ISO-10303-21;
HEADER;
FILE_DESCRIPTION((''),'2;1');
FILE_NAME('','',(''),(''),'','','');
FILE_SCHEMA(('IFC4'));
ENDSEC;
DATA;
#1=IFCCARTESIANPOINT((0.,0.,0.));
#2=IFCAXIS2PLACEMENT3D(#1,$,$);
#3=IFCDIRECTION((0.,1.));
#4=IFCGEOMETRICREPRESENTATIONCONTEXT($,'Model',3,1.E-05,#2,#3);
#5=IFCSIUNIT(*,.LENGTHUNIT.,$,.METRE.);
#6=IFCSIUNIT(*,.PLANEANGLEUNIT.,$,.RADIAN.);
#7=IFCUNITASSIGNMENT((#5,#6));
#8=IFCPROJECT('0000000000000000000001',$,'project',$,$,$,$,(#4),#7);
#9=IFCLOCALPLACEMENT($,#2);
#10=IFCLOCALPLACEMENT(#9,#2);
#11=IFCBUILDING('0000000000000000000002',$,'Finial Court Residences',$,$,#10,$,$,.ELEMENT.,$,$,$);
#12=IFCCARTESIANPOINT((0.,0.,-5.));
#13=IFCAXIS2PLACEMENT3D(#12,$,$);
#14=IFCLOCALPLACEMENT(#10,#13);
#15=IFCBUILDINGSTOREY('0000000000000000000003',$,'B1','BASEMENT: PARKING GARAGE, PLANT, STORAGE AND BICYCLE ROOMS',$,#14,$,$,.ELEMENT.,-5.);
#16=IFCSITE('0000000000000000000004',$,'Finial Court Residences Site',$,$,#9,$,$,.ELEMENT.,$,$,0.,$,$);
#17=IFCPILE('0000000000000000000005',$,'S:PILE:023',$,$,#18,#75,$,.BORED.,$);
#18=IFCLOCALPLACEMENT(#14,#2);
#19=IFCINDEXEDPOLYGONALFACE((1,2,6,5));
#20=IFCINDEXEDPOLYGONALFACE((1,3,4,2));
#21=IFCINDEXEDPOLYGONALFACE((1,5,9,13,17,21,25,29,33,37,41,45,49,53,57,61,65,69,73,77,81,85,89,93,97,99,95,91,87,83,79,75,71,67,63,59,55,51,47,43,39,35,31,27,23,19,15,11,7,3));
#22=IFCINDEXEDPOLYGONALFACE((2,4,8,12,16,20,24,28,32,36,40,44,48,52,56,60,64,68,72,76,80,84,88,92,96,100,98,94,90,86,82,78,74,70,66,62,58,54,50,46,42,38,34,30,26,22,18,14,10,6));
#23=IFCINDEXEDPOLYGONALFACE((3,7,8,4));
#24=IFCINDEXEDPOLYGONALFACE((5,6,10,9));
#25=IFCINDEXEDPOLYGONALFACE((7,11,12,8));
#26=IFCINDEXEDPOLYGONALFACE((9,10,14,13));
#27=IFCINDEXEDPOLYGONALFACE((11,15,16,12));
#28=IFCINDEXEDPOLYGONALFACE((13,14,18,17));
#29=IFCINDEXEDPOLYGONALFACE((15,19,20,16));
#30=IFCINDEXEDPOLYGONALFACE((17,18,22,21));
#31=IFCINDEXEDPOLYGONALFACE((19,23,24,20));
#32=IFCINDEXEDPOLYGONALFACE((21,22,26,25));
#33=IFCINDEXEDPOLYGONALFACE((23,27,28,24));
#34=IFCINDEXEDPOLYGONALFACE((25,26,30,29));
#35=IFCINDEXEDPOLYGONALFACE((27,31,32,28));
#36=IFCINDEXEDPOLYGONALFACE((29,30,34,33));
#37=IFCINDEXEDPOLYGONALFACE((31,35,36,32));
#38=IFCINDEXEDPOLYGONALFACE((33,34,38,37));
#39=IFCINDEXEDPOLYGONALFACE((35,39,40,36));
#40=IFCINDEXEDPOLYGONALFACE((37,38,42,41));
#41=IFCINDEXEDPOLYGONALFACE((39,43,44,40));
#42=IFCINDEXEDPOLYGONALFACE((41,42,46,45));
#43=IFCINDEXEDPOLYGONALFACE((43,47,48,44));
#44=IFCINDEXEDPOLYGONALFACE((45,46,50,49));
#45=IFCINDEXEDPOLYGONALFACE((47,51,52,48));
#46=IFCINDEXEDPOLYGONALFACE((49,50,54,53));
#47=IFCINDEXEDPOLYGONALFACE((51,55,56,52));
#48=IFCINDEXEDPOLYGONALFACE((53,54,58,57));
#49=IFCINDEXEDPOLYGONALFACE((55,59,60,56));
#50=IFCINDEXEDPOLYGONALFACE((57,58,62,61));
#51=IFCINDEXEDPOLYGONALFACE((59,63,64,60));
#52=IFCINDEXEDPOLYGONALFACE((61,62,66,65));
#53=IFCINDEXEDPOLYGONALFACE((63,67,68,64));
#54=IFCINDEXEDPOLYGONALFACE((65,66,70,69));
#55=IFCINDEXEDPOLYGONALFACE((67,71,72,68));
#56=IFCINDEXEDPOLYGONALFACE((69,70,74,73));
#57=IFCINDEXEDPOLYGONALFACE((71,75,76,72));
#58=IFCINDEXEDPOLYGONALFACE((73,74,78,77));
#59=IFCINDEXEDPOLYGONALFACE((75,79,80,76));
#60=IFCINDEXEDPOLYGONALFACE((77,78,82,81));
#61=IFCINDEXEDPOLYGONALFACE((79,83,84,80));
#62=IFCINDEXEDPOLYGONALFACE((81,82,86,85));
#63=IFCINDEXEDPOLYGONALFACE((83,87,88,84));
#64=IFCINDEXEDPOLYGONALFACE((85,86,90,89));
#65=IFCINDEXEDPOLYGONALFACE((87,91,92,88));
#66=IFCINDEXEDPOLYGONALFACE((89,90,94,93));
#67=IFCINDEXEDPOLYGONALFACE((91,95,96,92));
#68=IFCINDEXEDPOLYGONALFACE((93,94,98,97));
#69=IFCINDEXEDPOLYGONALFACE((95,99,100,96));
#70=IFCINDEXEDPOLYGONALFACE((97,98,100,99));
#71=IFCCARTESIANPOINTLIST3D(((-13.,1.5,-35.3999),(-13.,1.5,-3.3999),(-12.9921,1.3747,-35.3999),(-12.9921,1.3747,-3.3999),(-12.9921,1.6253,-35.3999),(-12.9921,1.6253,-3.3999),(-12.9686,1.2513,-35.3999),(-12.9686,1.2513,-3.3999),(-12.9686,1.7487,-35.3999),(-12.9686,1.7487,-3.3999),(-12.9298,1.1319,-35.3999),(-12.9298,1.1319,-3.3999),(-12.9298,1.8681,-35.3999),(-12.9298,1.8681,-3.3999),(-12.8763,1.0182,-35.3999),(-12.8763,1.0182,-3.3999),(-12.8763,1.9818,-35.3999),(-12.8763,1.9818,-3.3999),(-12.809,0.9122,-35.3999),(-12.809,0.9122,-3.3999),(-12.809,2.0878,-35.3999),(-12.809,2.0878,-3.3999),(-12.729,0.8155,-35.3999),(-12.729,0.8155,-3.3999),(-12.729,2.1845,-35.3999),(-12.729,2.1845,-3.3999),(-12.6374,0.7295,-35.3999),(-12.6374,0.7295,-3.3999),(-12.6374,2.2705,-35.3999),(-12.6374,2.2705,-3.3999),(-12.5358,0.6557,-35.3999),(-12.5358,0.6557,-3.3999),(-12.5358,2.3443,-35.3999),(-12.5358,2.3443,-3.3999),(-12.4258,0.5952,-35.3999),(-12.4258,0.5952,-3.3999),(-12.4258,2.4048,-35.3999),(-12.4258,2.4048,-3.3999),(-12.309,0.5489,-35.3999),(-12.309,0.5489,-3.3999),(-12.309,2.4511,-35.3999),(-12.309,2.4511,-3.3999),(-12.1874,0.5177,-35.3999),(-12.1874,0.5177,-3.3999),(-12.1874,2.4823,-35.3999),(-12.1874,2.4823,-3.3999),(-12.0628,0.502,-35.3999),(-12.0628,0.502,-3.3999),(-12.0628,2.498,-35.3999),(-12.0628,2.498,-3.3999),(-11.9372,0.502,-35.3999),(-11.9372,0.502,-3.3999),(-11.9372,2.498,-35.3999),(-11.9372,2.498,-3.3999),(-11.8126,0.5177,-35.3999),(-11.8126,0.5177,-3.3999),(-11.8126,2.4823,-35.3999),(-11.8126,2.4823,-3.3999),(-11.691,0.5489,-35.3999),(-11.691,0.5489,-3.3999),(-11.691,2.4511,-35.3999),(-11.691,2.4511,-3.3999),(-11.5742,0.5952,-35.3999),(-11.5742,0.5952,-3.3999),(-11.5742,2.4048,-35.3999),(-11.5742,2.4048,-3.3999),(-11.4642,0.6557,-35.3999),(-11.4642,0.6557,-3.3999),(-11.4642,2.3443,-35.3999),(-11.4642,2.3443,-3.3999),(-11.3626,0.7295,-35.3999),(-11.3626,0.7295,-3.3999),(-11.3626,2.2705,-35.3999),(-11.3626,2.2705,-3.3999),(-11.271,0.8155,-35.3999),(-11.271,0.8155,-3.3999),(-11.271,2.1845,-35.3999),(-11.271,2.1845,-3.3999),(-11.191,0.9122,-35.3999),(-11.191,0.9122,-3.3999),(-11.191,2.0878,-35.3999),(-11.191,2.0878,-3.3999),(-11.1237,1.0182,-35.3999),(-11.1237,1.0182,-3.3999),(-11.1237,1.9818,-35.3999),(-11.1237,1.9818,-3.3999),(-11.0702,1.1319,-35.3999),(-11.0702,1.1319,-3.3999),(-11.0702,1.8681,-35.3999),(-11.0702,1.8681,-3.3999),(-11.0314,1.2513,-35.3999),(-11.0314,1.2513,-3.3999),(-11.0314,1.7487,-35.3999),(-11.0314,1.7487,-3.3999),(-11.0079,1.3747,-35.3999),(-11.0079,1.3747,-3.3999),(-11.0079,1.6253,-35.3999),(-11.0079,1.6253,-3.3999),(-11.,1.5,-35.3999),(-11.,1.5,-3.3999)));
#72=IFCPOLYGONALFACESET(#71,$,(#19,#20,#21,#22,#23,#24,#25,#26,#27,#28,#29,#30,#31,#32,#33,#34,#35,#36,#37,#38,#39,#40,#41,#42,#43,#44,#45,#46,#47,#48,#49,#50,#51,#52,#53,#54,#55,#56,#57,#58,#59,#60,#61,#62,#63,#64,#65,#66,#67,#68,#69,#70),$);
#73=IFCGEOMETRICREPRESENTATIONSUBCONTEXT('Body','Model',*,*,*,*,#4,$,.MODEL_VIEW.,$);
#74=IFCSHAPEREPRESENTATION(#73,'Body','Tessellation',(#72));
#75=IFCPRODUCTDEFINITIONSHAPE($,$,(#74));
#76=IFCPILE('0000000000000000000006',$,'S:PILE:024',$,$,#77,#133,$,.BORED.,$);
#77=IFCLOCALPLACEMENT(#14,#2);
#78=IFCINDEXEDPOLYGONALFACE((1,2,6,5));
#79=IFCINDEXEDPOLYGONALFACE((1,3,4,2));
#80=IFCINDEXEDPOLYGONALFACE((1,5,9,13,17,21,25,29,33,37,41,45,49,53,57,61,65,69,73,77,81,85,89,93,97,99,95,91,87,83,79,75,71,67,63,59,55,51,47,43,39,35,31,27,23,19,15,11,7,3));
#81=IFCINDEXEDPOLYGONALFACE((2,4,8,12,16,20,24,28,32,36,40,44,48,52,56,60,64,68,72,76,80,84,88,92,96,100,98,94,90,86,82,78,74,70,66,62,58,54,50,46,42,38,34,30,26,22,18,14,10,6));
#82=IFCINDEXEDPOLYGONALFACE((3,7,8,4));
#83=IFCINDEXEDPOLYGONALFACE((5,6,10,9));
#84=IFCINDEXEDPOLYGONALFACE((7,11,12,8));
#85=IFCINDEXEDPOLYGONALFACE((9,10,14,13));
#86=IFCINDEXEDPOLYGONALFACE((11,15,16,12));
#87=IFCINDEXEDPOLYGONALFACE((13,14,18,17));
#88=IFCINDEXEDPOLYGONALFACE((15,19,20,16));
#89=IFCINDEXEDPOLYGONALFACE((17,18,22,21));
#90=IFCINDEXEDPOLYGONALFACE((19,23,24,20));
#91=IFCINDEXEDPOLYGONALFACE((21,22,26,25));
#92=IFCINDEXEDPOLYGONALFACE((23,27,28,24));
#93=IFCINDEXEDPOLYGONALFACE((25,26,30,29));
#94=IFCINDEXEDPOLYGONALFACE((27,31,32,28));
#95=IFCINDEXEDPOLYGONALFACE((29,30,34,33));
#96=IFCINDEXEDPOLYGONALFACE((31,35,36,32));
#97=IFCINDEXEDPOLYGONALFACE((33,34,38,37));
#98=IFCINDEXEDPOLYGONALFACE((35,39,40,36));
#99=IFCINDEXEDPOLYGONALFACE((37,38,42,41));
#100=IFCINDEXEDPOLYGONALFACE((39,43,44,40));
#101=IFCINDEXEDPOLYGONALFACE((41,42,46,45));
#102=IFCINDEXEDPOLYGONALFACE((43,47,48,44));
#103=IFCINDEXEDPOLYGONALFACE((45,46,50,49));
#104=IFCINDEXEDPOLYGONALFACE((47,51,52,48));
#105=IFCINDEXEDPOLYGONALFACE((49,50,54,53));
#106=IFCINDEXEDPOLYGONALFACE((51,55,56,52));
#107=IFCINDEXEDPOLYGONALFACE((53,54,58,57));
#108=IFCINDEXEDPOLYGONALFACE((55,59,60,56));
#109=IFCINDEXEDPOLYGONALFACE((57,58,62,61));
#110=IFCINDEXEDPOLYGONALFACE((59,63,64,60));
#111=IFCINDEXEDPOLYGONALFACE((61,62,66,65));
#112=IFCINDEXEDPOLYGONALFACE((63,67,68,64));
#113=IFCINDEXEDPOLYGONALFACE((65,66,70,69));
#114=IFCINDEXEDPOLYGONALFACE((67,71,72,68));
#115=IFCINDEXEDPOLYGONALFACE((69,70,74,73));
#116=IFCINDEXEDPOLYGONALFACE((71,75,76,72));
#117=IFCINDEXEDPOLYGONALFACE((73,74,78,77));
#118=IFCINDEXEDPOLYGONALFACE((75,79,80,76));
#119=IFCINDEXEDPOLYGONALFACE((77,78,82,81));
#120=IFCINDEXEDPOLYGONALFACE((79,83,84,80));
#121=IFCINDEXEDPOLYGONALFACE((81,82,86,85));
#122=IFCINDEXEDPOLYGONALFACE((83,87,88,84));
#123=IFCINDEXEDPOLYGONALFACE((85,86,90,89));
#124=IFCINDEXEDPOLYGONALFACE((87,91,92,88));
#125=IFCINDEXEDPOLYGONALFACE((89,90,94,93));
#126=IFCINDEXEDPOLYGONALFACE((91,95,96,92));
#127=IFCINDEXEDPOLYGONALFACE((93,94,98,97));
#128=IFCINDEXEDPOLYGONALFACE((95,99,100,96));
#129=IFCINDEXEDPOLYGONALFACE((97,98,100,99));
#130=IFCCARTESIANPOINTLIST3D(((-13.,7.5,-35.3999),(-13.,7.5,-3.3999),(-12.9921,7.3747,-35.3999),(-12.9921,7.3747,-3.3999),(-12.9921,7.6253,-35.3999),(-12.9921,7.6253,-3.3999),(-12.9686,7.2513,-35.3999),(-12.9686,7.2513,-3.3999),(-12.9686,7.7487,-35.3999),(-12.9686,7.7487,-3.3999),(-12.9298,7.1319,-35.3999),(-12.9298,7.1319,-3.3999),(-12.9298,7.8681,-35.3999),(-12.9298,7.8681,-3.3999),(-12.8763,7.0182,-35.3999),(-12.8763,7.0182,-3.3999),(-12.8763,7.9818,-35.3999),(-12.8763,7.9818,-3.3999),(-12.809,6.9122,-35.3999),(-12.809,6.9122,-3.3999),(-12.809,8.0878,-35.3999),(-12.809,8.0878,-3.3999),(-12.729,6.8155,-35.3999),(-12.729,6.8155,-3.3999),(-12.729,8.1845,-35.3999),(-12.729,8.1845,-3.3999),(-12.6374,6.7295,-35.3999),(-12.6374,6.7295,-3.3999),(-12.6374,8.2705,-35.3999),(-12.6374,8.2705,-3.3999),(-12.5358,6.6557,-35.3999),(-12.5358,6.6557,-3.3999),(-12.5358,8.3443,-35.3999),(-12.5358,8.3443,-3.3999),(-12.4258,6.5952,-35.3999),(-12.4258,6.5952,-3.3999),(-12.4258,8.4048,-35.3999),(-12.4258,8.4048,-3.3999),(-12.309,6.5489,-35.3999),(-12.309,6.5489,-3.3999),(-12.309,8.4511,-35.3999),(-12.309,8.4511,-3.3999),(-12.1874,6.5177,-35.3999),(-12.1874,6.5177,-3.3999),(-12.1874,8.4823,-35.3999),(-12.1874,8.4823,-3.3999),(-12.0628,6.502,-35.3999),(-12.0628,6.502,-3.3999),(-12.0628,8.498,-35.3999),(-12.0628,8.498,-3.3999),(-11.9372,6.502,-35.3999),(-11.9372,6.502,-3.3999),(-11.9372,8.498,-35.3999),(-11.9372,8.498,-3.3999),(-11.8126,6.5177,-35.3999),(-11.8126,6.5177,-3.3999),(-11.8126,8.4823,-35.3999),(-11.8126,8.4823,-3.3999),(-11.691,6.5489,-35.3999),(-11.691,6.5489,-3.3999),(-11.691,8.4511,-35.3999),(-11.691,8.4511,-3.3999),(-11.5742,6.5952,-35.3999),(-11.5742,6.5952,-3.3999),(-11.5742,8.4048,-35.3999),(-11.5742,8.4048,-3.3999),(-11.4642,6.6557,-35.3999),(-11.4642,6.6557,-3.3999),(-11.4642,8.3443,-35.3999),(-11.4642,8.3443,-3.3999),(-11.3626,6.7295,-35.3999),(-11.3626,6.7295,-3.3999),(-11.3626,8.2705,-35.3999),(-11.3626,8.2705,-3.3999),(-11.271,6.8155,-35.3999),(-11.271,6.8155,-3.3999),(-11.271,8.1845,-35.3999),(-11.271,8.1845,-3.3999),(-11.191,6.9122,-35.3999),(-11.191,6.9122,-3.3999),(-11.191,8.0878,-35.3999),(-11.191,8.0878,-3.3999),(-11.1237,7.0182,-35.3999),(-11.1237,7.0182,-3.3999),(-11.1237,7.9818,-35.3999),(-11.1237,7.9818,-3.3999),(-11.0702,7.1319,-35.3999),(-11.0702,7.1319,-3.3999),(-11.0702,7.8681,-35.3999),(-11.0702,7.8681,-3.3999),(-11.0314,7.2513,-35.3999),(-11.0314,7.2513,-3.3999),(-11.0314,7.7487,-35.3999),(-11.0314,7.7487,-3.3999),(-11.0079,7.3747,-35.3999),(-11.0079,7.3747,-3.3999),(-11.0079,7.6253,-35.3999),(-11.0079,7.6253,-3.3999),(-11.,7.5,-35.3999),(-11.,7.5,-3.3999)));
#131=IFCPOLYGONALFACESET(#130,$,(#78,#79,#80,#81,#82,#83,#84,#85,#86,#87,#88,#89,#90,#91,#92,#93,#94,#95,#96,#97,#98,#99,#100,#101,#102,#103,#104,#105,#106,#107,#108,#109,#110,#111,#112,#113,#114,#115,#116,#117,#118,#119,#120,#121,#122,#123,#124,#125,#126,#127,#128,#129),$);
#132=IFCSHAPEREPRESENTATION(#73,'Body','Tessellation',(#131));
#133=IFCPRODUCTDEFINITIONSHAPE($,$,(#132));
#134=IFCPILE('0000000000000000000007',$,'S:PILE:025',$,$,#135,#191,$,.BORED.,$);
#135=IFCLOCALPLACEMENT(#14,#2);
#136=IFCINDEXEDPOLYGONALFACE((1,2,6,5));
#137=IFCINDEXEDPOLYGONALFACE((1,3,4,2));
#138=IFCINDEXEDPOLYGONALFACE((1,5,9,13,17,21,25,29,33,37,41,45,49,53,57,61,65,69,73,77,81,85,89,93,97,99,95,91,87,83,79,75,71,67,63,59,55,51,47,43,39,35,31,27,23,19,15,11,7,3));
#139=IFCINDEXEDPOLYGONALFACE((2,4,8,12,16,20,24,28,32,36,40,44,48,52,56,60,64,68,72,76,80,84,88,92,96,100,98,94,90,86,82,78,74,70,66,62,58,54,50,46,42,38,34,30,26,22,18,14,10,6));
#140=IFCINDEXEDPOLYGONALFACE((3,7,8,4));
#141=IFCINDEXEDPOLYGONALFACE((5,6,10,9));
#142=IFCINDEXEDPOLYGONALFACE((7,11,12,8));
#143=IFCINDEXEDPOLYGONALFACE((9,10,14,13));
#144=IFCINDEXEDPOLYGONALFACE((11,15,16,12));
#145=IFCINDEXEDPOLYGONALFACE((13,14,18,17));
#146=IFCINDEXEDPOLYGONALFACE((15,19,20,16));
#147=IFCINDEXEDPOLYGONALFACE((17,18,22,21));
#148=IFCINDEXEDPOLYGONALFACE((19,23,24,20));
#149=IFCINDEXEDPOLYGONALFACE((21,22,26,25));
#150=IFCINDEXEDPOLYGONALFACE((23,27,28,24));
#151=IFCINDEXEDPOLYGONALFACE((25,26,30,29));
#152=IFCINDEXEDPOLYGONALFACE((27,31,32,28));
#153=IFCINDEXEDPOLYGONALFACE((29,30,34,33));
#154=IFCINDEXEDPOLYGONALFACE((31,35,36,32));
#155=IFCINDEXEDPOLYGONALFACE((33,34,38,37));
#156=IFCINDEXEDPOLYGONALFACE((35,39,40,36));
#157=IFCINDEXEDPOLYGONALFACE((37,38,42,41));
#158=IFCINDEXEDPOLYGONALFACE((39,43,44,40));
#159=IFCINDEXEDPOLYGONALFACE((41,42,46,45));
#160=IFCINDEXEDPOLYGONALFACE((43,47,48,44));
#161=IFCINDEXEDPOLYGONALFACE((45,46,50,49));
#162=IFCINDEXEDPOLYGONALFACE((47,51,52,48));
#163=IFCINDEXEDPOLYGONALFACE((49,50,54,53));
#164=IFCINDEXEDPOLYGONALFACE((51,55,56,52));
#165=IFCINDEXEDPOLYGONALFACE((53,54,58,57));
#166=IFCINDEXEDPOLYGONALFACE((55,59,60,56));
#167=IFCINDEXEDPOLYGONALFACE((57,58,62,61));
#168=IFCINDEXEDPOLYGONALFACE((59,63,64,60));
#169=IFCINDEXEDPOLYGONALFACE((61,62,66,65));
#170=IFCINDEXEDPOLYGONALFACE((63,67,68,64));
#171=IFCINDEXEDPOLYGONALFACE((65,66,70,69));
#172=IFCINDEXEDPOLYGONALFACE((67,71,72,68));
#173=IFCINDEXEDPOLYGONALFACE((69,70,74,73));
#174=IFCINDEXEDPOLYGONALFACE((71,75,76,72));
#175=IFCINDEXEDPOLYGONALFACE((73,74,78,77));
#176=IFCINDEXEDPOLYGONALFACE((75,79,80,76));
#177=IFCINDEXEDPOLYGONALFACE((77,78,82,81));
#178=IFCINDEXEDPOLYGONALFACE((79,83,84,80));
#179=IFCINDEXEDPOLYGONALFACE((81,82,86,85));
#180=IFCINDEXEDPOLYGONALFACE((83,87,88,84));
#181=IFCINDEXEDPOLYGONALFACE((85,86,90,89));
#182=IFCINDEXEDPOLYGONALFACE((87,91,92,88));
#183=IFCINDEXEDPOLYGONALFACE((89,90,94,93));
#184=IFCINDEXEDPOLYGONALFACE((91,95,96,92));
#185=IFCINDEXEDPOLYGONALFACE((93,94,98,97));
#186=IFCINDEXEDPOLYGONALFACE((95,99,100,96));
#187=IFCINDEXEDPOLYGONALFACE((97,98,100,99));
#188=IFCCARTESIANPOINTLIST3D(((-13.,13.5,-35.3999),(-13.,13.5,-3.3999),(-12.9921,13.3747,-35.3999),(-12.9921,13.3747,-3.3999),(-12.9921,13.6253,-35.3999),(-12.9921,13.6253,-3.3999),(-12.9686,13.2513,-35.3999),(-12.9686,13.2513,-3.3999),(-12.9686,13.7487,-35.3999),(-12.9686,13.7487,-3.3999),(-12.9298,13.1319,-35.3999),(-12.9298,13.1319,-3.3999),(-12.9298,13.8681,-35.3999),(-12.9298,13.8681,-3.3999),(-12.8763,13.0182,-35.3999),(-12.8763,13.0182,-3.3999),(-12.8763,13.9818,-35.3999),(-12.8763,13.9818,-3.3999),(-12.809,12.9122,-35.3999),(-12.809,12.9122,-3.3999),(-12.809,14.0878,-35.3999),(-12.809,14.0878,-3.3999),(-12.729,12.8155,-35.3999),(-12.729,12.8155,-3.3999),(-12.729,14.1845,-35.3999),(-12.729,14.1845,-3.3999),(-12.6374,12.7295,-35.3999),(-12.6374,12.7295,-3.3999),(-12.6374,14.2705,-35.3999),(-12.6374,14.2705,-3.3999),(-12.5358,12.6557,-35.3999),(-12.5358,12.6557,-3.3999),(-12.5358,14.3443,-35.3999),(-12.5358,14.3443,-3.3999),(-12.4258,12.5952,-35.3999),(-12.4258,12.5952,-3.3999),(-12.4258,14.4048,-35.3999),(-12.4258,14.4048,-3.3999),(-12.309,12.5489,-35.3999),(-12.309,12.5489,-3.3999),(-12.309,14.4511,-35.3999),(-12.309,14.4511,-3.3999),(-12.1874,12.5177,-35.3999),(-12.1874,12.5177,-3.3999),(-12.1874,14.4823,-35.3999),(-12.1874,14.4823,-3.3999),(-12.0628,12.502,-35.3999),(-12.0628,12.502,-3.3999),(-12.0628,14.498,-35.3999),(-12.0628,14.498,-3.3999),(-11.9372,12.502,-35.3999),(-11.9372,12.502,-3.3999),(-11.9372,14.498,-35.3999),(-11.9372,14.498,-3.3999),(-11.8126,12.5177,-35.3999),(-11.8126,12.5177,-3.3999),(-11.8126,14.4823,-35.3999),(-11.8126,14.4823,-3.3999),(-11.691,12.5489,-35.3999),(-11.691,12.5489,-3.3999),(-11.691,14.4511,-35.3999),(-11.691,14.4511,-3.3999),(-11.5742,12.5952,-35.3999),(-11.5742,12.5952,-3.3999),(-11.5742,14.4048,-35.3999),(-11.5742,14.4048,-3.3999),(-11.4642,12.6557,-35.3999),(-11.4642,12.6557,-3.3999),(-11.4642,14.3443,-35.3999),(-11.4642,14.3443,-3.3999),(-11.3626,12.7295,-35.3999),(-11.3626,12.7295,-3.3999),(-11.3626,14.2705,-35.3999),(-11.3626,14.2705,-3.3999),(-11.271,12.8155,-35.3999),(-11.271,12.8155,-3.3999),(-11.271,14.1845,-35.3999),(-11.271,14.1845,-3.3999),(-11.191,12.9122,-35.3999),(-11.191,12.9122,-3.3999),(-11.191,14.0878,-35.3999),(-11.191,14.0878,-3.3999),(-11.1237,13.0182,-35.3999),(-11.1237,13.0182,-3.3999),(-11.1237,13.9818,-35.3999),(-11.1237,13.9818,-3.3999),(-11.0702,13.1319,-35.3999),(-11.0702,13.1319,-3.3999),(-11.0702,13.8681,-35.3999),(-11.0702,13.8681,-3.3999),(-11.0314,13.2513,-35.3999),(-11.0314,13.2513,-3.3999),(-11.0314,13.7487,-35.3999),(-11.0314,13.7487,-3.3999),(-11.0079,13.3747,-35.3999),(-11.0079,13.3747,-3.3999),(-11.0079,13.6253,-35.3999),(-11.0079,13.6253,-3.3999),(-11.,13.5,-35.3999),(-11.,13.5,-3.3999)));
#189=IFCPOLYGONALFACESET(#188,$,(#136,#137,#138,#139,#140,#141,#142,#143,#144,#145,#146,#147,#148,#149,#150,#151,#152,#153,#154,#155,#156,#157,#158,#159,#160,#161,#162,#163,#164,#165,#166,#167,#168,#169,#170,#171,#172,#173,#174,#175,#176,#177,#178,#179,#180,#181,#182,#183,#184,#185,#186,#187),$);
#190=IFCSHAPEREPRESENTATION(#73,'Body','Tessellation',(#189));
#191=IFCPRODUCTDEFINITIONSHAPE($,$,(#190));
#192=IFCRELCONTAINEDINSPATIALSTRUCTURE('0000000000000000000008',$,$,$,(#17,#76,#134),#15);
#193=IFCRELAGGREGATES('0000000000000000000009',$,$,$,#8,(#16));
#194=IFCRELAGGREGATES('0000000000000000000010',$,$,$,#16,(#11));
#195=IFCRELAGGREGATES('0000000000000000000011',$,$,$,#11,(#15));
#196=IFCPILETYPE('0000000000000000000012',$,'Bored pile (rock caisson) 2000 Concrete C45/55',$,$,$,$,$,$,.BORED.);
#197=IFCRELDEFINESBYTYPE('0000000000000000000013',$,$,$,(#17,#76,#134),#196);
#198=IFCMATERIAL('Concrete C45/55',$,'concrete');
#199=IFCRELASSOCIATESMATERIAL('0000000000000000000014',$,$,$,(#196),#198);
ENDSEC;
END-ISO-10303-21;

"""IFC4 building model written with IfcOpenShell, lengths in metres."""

from ifc_helpers import new_model, si_unit, direction, frame, origin, origin_2d, place, context, subcontext, project, spatial, circle, extrude, material, material_profile, profile_set, type_object, element, save


model = new_model("IFC4")

# Units and contexts
model_context = context("Model", 3, precision=1e-05, world=origin(), true_north=direction((0.0, 1.0)))
body_context = subcontext(model_context, "Body", "Model", "MODEL_VIEW")
ifc_project = project(units=[si_unit("LENGTHUNIT", "METRE"), si_unit("PLANEANGLEUNIT", "RADIAN")], contexts=[model_context])

# Site, building, storey
site_placement = place(None, origin())
site = spatial("IfcSite", under=ifc_project, at=site_placement, Name="Finial Court Residences Site", CompositionType="ELEMENT", RefElevation=0.0)
building_placement = place(site_placement, origin())
building = spatial("IfcBuilding", under=site, at=building_placement, Name="Finial Court Residences", CompositionType="ELEMENT")
storey_placement = place(building_placement, frame((0.0, 0.0, -5.0)))
storey = spatial("IfcBuildingStorey", under=building, at=storey_placement, Name="B1", Description="BASEMENT: PARKING GARAGE, PLANT, STORAGE AND BICYCLE ROOMS", CompositionType="ELEMENT", Elevation=-5.0)

# Piles
ifc_material_1 = material(Name="Concrete C45/55", Category="concrete")
ifc_material_profile_1 = material_profile(ifc_material_1, circle(Radius=1.0, at=origin_2d()), Name="D2000")
ifc_profile_set_1 = profile_set([ifc_material_profile_1], Name="Concrete C45/55")
pile_type = type_object("IfcPileType", Name="Bored pile (rock caisson) 2000 Concrete C45/55", PredefinedType="BORED", material=ifc_profile_set_1)
for number, where, z_axis, x_axis, name in (
    (1, (-12.0, 1.5, -3.3999), (0.0, 0.0, -1.0), (1.0, 0.0, 0.0), "S:PILE:023"),
    (2, (-12.0, 7.5, -3.3999), (0.0, 0.0, -1.0), (1.0, 0.0, 0.0), "S:PILE:024"),
    (3, (-12.0, 13.5, -3.3999), (0.0, 0.0, -1.0), (1.0, 0.0, 0.0), "S:PILE:025"),
):
    element("IfcPile", number, at=place(storey_placement, frame(where, z_axis=z_axis, x_axis=x_axis)), inside=storey, type_object=pile_type, Name=name, PredefinedType="BORED", context=body_context, shape_type="SweptSolid", body=[
        extrude(circle(Radius=1.0, at=origin_2d()), origin(), (0.0, 0.0, 1.0), 32.0),
    ])

save(model, "model.ifc")
